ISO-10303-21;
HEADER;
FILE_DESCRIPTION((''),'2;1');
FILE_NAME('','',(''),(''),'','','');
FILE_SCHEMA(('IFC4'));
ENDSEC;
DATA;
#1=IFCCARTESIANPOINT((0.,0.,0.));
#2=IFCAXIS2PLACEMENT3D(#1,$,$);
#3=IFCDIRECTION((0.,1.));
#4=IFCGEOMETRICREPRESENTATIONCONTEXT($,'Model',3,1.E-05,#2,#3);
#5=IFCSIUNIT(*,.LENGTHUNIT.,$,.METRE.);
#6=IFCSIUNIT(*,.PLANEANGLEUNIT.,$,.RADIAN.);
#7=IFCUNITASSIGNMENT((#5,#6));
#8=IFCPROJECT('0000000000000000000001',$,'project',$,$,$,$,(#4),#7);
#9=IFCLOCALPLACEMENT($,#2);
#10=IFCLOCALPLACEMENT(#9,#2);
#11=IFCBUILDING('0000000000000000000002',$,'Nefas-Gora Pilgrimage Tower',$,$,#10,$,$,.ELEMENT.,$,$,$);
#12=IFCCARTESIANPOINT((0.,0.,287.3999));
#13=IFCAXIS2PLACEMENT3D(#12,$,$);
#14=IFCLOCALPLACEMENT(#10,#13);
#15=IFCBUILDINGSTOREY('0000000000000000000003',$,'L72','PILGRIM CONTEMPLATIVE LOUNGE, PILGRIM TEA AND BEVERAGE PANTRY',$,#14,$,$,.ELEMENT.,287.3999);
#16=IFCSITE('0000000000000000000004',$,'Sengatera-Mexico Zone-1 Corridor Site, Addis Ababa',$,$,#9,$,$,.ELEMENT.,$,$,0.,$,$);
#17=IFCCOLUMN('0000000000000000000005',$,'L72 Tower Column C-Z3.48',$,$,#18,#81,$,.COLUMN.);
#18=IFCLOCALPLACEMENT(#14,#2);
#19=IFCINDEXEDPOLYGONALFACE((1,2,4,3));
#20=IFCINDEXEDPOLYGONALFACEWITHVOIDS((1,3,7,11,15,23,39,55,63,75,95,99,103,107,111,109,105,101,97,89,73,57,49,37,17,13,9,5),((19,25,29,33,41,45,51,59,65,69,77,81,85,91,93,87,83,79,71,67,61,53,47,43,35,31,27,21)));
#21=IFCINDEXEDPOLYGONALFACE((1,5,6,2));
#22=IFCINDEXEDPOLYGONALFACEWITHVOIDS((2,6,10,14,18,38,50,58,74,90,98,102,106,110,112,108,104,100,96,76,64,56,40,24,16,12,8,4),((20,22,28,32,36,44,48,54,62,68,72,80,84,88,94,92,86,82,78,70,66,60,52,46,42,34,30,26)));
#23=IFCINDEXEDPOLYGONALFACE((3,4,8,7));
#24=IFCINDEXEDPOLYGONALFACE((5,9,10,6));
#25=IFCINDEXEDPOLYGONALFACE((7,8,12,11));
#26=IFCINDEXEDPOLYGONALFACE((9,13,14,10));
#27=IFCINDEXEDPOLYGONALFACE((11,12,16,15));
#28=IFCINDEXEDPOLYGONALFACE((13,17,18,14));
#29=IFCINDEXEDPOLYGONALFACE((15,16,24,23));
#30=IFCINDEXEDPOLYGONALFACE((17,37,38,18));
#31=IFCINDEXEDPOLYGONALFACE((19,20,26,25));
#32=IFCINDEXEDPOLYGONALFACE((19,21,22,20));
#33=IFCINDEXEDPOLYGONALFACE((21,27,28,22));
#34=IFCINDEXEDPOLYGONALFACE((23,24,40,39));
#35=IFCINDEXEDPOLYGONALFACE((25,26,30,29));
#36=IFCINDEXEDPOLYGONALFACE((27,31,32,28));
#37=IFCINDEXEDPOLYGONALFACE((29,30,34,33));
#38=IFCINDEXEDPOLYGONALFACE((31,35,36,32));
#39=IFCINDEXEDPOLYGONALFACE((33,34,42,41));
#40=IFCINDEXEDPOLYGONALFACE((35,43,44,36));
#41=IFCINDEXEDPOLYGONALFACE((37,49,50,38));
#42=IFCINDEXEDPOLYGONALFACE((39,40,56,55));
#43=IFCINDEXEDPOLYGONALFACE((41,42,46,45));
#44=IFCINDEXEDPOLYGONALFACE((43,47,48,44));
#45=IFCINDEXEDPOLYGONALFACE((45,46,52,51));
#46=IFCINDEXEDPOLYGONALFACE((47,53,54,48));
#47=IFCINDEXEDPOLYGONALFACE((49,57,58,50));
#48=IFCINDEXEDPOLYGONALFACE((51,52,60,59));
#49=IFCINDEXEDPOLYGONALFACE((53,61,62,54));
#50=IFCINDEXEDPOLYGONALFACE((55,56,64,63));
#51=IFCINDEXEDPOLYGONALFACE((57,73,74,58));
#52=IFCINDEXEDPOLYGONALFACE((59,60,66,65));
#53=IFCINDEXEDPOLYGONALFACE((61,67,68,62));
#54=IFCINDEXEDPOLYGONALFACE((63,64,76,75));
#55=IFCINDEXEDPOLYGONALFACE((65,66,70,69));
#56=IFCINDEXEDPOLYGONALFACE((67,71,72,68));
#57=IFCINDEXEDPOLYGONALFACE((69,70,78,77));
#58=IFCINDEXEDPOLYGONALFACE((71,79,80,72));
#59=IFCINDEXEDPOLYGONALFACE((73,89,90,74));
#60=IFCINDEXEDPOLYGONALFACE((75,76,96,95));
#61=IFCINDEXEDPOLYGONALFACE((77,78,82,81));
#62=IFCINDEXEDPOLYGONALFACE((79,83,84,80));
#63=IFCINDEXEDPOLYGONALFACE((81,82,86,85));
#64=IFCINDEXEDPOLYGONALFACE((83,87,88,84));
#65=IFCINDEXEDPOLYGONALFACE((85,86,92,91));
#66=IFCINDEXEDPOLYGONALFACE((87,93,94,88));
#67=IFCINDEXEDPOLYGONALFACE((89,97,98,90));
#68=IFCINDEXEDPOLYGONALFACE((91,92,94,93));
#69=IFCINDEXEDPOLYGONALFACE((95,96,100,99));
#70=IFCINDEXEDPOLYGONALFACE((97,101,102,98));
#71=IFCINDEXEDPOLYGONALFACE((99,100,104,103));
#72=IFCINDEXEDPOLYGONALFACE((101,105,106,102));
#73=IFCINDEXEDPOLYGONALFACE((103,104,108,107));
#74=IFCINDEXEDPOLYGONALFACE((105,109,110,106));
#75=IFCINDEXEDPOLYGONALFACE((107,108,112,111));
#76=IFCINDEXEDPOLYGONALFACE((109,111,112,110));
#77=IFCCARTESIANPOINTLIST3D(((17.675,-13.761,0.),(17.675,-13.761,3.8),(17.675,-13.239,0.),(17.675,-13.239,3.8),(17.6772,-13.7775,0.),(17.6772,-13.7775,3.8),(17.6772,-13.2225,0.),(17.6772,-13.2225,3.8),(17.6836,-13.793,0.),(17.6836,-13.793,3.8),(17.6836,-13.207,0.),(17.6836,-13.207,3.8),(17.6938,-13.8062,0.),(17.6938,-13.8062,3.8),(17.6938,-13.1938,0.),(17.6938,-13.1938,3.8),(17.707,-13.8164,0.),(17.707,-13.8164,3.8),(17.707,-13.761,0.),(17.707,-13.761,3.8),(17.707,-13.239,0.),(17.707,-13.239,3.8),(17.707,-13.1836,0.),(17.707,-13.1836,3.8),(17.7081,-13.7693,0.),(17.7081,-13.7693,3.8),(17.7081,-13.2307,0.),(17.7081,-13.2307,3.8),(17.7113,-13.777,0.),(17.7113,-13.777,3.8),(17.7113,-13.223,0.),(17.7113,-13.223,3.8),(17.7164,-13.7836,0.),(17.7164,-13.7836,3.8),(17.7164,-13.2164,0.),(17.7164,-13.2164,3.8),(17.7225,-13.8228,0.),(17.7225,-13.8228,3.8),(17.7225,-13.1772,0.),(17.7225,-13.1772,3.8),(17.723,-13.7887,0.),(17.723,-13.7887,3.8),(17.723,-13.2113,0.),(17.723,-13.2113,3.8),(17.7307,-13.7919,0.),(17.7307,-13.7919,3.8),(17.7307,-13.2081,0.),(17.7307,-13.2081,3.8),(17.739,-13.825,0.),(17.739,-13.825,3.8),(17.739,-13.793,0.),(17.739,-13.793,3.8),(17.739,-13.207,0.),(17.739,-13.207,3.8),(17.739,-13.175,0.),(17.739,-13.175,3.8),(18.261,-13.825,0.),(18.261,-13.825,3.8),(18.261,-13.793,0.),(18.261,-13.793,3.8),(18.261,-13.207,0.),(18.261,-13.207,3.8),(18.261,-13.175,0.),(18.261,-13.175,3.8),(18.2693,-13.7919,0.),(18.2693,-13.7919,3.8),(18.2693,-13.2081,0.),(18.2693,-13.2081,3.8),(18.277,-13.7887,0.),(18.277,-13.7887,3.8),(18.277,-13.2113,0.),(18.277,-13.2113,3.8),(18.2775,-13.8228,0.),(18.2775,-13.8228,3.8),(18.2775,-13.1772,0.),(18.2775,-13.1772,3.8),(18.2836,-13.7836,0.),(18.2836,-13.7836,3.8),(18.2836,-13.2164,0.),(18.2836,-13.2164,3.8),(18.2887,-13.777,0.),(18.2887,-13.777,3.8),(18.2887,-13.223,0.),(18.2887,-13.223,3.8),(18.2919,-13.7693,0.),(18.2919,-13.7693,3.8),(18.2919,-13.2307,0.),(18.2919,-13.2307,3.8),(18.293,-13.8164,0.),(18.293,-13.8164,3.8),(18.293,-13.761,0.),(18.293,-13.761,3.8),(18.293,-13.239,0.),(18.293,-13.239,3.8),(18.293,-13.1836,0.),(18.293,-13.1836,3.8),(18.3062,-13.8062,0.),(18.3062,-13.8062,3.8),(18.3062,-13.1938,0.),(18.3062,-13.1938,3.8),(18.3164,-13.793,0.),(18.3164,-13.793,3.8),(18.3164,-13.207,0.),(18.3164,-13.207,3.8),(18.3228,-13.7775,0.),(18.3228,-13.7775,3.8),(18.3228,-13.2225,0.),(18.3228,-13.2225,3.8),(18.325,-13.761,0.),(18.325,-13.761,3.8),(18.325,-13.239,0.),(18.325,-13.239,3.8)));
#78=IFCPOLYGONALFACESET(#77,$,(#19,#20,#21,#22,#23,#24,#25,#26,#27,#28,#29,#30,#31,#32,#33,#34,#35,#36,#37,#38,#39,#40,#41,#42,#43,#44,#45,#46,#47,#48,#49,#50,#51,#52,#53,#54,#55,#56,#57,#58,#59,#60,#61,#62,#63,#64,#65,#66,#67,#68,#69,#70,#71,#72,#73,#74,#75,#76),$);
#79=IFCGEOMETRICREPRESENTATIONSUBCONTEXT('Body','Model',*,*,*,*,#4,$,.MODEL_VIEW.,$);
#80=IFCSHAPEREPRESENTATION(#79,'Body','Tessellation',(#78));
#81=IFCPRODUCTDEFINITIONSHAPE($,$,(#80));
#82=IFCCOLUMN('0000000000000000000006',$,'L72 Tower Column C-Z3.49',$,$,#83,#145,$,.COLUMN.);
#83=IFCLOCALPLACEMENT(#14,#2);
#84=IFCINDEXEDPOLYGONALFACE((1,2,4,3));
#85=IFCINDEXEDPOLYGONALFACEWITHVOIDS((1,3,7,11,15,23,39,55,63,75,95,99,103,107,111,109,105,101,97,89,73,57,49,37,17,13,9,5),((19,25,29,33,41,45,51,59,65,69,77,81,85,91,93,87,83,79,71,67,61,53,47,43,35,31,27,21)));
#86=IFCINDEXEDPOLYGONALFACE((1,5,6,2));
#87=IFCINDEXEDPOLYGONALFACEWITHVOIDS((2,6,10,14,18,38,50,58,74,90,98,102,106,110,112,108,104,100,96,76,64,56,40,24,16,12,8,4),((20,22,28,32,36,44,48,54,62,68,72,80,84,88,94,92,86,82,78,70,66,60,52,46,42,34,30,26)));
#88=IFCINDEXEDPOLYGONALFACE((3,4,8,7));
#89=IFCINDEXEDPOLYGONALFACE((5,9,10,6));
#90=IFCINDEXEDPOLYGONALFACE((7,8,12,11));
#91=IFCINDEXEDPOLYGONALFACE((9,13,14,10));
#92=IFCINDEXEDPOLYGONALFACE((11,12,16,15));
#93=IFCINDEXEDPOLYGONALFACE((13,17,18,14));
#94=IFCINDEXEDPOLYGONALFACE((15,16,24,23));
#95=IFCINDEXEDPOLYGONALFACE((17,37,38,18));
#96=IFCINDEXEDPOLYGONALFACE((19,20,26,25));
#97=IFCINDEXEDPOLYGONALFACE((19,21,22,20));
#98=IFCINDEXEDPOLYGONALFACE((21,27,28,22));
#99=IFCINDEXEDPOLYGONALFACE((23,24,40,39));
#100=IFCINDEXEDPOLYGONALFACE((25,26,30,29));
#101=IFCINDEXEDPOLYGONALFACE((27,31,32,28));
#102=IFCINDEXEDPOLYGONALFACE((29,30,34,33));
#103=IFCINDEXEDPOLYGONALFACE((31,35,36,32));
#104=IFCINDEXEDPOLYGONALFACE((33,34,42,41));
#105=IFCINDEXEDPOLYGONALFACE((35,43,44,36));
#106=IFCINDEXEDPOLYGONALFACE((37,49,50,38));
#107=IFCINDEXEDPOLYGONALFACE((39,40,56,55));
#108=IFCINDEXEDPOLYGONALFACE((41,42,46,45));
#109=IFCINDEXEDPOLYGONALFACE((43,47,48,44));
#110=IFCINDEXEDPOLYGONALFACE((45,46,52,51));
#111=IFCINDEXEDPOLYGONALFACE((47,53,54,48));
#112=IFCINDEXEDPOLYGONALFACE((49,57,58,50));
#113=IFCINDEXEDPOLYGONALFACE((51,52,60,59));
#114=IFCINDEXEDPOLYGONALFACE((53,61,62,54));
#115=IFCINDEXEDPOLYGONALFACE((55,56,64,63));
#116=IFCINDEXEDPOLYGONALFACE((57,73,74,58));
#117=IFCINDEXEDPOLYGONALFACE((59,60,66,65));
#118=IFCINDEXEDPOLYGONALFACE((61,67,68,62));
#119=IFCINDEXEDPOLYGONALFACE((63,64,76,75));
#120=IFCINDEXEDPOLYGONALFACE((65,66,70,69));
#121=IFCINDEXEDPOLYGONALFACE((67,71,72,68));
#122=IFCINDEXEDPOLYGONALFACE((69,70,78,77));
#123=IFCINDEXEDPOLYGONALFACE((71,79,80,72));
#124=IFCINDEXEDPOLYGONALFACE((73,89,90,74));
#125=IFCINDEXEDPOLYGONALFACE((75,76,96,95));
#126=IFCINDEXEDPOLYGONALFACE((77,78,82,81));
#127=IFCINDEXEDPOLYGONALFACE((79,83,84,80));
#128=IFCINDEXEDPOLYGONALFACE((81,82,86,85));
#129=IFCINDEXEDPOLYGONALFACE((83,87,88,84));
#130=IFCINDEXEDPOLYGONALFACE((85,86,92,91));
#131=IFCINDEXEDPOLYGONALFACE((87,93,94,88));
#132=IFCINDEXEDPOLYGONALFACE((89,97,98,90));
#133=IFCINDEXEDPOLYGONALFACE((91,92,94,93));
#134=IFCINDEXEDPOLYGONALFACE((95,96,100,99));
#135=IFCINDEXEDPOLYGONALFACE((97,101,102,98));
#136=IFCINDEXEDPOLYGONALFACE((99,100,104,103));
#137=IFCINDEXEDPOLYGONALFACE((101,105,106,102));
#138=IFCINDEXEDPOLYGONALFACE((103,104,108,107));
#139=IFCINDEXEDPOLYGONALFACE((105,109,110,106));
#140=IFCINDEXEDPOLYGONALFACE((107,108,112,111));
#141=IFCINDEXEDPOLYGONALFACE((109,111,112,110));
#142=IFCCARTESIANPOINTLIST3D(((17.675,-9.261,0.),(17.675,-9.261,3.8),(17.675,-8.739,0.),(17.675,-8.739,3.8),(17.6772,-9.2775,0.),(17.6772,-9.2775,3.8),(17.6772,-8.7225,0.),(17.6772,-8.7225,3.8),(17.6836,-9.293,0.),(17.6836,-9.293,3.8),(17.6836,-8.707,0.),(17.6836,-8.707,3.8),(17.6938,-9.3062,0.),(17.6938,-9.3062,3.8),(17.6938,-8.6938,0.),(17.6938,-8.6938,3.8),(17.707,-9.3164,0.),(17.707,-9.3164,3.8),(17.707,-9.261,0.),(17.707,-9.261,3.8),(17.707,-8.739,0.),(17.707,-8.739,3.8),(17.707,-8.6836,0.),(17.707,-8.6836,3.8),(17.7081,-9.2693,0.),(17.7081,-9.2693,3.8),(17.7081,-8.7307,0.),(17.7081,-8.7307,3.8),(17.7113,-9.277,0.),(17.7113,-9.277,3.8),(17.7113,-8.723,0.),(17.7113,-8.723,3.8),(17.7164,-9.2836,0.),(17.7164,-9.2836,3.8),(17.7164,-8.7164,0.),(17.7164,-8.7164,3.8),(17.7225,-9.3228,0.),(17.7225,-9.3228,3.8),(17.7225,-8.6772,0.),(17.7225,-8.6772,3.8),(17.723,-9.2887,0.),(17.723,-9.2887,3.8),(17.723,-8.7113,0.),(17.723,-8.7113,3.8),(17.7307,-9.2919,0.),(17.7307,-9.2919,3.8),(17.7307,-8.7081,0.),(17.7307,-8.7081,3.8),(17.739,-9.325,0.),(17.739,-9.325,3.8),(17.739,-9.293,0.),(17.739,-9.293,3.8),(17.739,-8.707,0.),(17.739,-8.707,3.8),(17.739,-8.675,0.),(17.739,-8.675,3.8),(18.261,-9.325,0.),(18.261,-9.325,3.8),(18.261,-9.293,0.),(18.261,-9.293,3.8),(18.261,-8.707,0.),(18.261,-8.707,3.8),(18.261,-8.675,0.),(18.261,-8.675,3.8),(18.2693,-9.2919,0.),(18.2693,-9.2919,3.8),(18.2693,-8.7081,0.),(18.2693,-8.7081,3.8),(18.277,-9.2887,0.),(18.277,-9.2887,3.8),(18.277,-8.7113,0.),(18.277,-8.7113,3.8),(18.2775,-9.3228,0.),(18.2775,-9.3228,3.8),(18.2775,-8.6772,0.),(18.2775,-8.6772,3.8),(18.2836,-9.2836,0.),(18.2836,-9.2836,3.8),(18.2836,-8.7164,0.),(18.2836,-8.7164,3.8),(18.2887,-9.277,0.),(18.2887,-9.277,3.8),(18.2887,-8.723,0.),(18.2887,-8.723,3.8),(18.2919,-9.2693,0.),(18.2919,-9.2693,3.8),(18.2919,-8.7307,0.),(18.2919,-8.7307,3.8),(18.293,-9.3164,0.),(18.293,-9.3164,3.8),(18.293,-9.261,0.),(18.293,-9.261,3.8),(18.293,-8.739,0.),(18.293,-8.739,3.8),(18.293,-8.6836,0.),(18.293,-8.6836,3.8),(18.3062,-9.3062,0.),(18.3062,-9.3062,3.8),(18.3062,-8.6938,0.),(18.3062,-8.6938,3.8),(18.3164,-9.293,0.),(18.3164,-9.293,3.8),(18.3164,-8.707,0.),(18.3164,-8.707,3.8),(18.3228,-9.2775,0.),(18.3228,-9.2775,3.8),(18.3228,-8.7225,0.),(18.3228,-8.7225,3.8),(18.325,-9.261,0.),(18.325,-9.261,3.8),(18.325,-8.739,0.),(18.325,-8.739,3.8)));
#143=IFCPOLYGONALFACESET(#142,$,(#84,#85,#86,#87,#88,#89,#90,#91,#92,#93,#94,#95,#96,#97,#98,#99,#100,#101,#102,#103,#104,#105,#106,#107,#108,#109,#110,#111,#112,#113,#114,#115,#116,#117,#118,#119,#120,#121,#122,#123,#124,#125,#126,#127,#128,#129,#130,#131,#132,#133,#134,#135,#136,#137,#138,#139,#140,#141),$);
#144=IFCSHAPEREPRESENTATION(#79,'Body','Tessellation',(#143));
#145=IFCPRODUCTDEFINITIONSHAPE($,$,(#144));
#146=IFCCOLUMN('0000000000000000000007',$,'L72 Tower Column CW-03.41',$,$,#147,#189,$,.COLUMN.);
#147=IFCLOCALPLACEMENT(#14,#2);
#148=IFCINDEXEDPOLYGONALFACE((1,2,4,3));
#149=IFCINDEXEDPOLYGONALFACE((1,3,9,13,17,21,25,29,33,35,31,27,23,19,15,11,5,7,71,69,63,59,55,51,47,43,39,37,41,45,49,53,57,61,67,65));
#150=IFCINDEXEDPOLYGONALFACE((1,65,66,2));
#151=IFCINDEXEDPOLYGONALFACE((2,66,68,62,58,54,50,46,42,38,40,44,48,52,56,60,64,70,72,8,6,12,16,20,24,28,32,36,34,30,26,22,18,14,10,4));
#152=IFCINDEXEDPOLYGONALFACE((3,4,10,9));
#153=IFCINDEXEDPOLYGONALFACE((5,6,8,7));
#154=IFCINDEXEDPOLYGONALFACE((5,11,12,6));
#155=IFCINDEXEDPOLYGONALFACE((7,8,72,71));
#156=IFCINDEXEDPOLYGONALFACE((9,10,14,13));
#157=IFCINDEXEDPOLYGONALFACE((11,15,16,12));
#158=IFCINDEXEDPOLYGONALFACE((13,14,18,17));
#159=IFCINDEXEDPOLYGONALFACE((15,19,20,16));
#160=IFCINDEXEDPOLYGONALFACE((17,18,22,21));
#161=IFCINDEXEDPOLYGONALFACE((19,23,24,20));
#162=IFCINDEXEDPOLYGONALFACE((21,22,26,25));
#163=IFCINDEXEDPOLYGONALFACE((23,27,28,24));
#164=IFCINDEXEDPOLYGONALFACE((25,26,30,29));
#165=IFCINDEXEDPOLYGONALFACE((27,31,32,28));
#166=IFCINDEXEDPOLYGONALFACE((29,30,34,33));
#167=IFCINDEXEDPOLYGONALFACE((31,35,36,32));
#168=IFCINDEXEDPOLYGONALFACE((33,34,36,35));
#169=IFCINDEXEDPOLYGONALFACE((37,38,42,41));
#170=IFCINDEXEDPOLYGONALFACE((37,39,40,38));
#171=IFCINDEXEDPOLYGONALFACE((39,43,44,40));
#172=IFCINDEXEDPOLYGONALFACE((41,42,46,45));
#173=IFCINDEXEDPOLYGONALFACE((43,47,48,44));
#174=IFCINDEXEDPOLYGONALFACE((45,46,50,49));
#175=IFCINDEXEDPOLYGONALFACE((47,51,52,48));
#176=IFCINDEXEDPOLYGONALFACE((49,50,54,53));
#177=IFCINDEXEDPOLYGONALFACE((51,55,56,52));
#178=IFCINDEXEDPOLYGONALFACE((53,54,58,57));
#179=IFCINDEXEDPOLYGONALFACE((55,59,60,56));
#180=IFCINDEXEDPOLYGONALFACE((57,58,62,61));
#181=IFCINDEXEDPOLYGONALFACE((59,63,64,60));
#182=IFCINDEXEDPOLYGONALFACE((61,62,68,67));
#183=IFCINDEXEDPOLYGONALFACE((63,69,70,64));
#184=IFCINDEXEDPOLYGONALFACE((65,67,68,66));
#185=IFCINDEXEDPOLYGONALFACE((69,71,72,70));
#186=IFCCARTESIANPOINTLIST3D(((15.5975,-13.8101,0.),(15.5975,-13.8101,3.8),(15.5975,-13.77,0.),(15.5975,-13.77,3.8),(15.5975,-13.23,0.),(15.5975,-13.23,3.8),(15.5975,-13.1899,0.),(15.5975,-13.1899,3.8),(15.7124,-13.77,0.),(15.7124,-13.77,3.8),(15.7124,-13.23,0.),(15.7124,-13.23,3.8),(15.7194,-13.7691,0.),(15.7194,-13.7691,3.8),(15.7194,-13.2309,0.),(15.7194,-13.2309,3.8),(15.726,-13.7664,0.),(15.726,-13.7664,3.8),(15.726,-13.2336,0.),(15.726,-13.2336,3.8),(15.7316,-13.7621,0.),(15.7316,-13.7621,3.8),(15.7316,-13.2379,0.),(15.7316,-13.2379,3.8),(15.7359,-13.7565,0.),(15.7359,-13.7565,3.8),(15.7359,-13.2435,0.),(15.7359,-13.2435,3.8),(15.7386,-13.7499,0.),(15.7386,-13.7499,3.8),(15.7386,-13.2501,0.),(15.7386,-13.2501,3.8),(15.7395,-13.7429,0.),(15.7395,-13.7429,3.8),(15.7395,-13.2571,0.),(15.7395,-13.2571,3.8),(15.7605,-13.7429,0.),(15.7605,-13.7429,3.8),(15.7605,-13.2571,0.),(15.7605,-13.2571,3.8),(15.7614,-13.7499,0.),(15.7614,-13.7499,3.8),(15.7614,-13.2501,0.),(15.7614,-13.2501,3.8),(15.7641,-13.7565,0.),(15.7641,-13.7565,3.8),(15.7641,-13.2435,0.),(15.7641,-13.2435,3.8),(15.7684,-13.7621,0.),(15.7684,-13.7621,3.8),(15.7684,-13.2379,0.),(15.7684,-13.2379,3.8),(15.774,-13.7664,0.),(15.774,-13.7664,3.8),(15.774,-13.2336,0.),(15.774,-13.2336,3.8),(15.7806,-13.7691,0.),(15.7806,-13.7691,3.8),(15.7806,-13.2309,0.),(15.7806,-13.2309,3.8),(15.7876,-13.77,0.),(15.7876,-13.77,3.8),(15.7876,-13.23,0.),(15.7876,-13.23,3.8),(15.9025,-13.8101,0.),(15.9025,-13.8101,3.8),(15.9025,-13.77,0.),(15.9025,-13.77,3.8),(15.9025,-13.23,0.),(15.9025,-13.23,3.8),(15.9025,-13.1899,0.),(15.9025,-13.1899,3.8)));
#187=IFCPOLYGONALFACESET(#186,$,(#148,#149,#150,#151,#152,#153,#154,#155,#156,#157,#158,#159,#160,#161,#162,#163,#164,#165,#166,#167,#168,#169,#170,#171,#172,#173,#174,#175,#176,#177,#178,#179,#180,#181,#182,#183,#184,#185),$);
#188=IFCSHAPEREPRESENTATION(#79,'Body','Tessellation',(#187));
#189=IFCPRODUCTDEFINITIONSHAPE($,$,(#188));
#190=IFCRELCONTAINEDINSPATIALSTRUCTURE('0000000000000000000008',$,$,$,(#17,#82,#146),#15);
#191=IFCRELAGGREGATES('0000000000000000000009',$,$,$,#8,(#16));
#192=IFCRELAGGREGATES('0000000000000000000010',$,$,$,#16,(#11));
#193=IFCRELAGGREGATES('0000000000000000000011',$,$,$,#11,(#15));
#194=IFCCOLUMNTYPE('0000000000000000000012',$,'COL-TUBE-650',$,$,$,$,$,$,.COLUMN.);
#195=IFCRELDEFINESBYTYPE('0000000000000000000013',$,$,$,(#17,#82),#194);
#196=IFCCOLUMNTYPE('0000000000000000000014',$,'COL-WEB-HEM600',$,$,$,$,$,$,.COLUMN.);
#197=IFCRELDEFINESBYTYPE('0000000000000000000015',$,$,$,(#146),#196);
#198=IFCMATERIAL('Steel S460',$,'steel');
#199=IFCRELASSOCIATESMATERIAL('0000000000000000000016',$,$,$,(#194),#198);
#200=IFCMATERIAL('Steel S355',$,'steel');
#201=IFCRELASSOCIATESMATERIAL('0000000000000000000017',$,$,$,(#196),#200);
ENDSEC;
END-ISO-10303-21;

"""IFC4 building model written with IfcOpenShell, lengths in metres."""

from ifc_helpers import new_model, si_unit, direction, frame, origin, origin_2d, place, context, subcontext, project, spatial, hollow_rectangle, i_section, extrude, source, transform, mapped, material, material_profile, profile_set, type_object, element, save


model = new_model("IFC4")

# Units and contexts
model_context = context("Model", 3, precision=1e-05, world=origin(), true_north=direction((0.0, 1.0)))
body_context = subcontext(model_context, "Body", "Model", "MODEL_VIEW")
ifc_project = project(units=[si_unit("LENGTHUNIT", "METRE"), si_unit("PLANEANGLEUNIT", "RADIAN")], contexts=[model_context])

# Site, building, storey
site_placement = place(None, origin())
site = spatial("IfcSite", under=ifc_project, at=site_placement, Name="Sengatera-Mexico Zone-1 Corridor Site, Addis Ababa", CompositionType="ELEMENT", RefElevation=0.0)
building_placement = place(site_placement, origin())
building = spatial("IfcBuilding", under=site, at=building_placement, Name="Nefas-Gora Pilgrimage Tower", CompositionType="ELEMENT")
storey_placement = place(building_placement, frame((0.0, 0.0, 287.3999)))
storey = spatial("IfcBuildingStorey", under=building, at=storey_placement, Name="L72", Description="PILGRIM CONTEMPLATIVE LOUNGE, PILGRIM TEA AND BEVERAGE PANTRY", CompositionType="ELEMENT", Elevation=287.3999)

# Columns
ifc_material_1 = material(Name="Steel S460", Category="steel")
ifc_material_profile_1 = material_profile(ifc_material_1, hollow_rectangle(XDim=0.6499, YDim=0.6499, WallThickness=0.032, InnerFilletRadius=0.032, OuterFilletRadius=0.064, at=origin_2d()), Name="BOX 650x650x32")
ifc_profile_set_1 = profile_set([ifc_material_profile_1], Name="Steel S460")
column_type_1 = type_object("IfcColumnType", Name="COL-TUBE-650", PredefinedType="COLUMN", material=ifc_profile_set_1)
shared_shape_1 = source(origin(), body_context, "Body", "SweptSolid", [
    extrude(hollow_rectangle(XDim=0.6499, YDim=0.6499, WallThickness=0.032, InnerFilletRadius=0.032, OuterFilletRadius=0.064, at=origin_2d()), origin(), (0.0, 0.0, 1.0), 3.8),
])
for number, where, z_axis, x_axis, name in (
    (1, (18.0, -13.5, 0.0), (0.0, 0.0, 1.0), (1.0, 0.0, 0.0), "L72 Tower Column C-Z3.48"),
    (2, (18.0, -9.0, 0.0), (0.0, 0.0, 1.0), (1.0, 0.0, 0.0), "L72 Tower Column C-Z3.49"),
):
    element("IfcColumn", number, at=place(storey_placement, frame(where, z_axis=z_axis, x_axis=x_axis)), inside=storey, type_object=column_type_1, Name=name, PredefinedType="COLUMN", context=body_context, shape_type="MappedRepresentation", body=[
        mapped(shared_shape_1, transform((0.0, 0.0, 0.0), x_axis=(1.0, 0.0, 0.0), y_axis=(0.0, 1.0, 0.0), z_axis=(0.0, 0.0, 1.0), scale=1.0)),
    ])
ifc_material_2 = material(Name="Steel S355", Category="steel")
ifc_material_profile_2 = material_profile(ifc_material_2, i_section(OverallWidth=0.3049, OverallDepth=0.6201, WebThickness=0.021, FlangeThickness=0.04, FilletRadius=0.0271, at=origin_2d()), Name="HEM 600")
ifc_profile_set_2 = profile_set([ifc_material_profile_2], Name="Steel S355")
column_type_2 = type_object("IfcColumnType", Name="COL-WEB-HEM600", PredefinedType="COLUMN", material=ifc_profile_set_2)
shared_shape_2 = source(origin(), body_context, "Body", "SweptSolid", [
    extrude(i_section(OverallWidth=0.3049, OverallDepth=0.6201, WebThickness=0.021, FlangeThickness=0.04, FilletRadius=0.0271, at=origin_2d()), origin(), (0.0, 0.0, 1.0), 3.8),
])
for number, where, z_axis, x_axis, name in (
    (3, (15.75, -13.5, 0.0), (0.0, 0.0, 1.0), (1.0, 0.0, 0.0), "L72 Tower Column CW-03.41"),
):
    element("IfcColumn", number, at=place(storey_placement, frame(where, z_axis=z_axis, x_axis=x_axis)), inside=storey, type_object=column_type_2, Name=name, PredefinedType="COLUMN", context=body_context, shape_type="MappedRepresentation", body=[
        mapped(shared_shape_2, transform((0.0, 0.0, 0.0), x_axis=(1.0, 0.0, 0.0), y_axis=(0.0, 1.0, 0.0), z_axis=(0.0, 0.0, 1.0), scale=1.0)),
    ])

save(model, "model.ifc")
